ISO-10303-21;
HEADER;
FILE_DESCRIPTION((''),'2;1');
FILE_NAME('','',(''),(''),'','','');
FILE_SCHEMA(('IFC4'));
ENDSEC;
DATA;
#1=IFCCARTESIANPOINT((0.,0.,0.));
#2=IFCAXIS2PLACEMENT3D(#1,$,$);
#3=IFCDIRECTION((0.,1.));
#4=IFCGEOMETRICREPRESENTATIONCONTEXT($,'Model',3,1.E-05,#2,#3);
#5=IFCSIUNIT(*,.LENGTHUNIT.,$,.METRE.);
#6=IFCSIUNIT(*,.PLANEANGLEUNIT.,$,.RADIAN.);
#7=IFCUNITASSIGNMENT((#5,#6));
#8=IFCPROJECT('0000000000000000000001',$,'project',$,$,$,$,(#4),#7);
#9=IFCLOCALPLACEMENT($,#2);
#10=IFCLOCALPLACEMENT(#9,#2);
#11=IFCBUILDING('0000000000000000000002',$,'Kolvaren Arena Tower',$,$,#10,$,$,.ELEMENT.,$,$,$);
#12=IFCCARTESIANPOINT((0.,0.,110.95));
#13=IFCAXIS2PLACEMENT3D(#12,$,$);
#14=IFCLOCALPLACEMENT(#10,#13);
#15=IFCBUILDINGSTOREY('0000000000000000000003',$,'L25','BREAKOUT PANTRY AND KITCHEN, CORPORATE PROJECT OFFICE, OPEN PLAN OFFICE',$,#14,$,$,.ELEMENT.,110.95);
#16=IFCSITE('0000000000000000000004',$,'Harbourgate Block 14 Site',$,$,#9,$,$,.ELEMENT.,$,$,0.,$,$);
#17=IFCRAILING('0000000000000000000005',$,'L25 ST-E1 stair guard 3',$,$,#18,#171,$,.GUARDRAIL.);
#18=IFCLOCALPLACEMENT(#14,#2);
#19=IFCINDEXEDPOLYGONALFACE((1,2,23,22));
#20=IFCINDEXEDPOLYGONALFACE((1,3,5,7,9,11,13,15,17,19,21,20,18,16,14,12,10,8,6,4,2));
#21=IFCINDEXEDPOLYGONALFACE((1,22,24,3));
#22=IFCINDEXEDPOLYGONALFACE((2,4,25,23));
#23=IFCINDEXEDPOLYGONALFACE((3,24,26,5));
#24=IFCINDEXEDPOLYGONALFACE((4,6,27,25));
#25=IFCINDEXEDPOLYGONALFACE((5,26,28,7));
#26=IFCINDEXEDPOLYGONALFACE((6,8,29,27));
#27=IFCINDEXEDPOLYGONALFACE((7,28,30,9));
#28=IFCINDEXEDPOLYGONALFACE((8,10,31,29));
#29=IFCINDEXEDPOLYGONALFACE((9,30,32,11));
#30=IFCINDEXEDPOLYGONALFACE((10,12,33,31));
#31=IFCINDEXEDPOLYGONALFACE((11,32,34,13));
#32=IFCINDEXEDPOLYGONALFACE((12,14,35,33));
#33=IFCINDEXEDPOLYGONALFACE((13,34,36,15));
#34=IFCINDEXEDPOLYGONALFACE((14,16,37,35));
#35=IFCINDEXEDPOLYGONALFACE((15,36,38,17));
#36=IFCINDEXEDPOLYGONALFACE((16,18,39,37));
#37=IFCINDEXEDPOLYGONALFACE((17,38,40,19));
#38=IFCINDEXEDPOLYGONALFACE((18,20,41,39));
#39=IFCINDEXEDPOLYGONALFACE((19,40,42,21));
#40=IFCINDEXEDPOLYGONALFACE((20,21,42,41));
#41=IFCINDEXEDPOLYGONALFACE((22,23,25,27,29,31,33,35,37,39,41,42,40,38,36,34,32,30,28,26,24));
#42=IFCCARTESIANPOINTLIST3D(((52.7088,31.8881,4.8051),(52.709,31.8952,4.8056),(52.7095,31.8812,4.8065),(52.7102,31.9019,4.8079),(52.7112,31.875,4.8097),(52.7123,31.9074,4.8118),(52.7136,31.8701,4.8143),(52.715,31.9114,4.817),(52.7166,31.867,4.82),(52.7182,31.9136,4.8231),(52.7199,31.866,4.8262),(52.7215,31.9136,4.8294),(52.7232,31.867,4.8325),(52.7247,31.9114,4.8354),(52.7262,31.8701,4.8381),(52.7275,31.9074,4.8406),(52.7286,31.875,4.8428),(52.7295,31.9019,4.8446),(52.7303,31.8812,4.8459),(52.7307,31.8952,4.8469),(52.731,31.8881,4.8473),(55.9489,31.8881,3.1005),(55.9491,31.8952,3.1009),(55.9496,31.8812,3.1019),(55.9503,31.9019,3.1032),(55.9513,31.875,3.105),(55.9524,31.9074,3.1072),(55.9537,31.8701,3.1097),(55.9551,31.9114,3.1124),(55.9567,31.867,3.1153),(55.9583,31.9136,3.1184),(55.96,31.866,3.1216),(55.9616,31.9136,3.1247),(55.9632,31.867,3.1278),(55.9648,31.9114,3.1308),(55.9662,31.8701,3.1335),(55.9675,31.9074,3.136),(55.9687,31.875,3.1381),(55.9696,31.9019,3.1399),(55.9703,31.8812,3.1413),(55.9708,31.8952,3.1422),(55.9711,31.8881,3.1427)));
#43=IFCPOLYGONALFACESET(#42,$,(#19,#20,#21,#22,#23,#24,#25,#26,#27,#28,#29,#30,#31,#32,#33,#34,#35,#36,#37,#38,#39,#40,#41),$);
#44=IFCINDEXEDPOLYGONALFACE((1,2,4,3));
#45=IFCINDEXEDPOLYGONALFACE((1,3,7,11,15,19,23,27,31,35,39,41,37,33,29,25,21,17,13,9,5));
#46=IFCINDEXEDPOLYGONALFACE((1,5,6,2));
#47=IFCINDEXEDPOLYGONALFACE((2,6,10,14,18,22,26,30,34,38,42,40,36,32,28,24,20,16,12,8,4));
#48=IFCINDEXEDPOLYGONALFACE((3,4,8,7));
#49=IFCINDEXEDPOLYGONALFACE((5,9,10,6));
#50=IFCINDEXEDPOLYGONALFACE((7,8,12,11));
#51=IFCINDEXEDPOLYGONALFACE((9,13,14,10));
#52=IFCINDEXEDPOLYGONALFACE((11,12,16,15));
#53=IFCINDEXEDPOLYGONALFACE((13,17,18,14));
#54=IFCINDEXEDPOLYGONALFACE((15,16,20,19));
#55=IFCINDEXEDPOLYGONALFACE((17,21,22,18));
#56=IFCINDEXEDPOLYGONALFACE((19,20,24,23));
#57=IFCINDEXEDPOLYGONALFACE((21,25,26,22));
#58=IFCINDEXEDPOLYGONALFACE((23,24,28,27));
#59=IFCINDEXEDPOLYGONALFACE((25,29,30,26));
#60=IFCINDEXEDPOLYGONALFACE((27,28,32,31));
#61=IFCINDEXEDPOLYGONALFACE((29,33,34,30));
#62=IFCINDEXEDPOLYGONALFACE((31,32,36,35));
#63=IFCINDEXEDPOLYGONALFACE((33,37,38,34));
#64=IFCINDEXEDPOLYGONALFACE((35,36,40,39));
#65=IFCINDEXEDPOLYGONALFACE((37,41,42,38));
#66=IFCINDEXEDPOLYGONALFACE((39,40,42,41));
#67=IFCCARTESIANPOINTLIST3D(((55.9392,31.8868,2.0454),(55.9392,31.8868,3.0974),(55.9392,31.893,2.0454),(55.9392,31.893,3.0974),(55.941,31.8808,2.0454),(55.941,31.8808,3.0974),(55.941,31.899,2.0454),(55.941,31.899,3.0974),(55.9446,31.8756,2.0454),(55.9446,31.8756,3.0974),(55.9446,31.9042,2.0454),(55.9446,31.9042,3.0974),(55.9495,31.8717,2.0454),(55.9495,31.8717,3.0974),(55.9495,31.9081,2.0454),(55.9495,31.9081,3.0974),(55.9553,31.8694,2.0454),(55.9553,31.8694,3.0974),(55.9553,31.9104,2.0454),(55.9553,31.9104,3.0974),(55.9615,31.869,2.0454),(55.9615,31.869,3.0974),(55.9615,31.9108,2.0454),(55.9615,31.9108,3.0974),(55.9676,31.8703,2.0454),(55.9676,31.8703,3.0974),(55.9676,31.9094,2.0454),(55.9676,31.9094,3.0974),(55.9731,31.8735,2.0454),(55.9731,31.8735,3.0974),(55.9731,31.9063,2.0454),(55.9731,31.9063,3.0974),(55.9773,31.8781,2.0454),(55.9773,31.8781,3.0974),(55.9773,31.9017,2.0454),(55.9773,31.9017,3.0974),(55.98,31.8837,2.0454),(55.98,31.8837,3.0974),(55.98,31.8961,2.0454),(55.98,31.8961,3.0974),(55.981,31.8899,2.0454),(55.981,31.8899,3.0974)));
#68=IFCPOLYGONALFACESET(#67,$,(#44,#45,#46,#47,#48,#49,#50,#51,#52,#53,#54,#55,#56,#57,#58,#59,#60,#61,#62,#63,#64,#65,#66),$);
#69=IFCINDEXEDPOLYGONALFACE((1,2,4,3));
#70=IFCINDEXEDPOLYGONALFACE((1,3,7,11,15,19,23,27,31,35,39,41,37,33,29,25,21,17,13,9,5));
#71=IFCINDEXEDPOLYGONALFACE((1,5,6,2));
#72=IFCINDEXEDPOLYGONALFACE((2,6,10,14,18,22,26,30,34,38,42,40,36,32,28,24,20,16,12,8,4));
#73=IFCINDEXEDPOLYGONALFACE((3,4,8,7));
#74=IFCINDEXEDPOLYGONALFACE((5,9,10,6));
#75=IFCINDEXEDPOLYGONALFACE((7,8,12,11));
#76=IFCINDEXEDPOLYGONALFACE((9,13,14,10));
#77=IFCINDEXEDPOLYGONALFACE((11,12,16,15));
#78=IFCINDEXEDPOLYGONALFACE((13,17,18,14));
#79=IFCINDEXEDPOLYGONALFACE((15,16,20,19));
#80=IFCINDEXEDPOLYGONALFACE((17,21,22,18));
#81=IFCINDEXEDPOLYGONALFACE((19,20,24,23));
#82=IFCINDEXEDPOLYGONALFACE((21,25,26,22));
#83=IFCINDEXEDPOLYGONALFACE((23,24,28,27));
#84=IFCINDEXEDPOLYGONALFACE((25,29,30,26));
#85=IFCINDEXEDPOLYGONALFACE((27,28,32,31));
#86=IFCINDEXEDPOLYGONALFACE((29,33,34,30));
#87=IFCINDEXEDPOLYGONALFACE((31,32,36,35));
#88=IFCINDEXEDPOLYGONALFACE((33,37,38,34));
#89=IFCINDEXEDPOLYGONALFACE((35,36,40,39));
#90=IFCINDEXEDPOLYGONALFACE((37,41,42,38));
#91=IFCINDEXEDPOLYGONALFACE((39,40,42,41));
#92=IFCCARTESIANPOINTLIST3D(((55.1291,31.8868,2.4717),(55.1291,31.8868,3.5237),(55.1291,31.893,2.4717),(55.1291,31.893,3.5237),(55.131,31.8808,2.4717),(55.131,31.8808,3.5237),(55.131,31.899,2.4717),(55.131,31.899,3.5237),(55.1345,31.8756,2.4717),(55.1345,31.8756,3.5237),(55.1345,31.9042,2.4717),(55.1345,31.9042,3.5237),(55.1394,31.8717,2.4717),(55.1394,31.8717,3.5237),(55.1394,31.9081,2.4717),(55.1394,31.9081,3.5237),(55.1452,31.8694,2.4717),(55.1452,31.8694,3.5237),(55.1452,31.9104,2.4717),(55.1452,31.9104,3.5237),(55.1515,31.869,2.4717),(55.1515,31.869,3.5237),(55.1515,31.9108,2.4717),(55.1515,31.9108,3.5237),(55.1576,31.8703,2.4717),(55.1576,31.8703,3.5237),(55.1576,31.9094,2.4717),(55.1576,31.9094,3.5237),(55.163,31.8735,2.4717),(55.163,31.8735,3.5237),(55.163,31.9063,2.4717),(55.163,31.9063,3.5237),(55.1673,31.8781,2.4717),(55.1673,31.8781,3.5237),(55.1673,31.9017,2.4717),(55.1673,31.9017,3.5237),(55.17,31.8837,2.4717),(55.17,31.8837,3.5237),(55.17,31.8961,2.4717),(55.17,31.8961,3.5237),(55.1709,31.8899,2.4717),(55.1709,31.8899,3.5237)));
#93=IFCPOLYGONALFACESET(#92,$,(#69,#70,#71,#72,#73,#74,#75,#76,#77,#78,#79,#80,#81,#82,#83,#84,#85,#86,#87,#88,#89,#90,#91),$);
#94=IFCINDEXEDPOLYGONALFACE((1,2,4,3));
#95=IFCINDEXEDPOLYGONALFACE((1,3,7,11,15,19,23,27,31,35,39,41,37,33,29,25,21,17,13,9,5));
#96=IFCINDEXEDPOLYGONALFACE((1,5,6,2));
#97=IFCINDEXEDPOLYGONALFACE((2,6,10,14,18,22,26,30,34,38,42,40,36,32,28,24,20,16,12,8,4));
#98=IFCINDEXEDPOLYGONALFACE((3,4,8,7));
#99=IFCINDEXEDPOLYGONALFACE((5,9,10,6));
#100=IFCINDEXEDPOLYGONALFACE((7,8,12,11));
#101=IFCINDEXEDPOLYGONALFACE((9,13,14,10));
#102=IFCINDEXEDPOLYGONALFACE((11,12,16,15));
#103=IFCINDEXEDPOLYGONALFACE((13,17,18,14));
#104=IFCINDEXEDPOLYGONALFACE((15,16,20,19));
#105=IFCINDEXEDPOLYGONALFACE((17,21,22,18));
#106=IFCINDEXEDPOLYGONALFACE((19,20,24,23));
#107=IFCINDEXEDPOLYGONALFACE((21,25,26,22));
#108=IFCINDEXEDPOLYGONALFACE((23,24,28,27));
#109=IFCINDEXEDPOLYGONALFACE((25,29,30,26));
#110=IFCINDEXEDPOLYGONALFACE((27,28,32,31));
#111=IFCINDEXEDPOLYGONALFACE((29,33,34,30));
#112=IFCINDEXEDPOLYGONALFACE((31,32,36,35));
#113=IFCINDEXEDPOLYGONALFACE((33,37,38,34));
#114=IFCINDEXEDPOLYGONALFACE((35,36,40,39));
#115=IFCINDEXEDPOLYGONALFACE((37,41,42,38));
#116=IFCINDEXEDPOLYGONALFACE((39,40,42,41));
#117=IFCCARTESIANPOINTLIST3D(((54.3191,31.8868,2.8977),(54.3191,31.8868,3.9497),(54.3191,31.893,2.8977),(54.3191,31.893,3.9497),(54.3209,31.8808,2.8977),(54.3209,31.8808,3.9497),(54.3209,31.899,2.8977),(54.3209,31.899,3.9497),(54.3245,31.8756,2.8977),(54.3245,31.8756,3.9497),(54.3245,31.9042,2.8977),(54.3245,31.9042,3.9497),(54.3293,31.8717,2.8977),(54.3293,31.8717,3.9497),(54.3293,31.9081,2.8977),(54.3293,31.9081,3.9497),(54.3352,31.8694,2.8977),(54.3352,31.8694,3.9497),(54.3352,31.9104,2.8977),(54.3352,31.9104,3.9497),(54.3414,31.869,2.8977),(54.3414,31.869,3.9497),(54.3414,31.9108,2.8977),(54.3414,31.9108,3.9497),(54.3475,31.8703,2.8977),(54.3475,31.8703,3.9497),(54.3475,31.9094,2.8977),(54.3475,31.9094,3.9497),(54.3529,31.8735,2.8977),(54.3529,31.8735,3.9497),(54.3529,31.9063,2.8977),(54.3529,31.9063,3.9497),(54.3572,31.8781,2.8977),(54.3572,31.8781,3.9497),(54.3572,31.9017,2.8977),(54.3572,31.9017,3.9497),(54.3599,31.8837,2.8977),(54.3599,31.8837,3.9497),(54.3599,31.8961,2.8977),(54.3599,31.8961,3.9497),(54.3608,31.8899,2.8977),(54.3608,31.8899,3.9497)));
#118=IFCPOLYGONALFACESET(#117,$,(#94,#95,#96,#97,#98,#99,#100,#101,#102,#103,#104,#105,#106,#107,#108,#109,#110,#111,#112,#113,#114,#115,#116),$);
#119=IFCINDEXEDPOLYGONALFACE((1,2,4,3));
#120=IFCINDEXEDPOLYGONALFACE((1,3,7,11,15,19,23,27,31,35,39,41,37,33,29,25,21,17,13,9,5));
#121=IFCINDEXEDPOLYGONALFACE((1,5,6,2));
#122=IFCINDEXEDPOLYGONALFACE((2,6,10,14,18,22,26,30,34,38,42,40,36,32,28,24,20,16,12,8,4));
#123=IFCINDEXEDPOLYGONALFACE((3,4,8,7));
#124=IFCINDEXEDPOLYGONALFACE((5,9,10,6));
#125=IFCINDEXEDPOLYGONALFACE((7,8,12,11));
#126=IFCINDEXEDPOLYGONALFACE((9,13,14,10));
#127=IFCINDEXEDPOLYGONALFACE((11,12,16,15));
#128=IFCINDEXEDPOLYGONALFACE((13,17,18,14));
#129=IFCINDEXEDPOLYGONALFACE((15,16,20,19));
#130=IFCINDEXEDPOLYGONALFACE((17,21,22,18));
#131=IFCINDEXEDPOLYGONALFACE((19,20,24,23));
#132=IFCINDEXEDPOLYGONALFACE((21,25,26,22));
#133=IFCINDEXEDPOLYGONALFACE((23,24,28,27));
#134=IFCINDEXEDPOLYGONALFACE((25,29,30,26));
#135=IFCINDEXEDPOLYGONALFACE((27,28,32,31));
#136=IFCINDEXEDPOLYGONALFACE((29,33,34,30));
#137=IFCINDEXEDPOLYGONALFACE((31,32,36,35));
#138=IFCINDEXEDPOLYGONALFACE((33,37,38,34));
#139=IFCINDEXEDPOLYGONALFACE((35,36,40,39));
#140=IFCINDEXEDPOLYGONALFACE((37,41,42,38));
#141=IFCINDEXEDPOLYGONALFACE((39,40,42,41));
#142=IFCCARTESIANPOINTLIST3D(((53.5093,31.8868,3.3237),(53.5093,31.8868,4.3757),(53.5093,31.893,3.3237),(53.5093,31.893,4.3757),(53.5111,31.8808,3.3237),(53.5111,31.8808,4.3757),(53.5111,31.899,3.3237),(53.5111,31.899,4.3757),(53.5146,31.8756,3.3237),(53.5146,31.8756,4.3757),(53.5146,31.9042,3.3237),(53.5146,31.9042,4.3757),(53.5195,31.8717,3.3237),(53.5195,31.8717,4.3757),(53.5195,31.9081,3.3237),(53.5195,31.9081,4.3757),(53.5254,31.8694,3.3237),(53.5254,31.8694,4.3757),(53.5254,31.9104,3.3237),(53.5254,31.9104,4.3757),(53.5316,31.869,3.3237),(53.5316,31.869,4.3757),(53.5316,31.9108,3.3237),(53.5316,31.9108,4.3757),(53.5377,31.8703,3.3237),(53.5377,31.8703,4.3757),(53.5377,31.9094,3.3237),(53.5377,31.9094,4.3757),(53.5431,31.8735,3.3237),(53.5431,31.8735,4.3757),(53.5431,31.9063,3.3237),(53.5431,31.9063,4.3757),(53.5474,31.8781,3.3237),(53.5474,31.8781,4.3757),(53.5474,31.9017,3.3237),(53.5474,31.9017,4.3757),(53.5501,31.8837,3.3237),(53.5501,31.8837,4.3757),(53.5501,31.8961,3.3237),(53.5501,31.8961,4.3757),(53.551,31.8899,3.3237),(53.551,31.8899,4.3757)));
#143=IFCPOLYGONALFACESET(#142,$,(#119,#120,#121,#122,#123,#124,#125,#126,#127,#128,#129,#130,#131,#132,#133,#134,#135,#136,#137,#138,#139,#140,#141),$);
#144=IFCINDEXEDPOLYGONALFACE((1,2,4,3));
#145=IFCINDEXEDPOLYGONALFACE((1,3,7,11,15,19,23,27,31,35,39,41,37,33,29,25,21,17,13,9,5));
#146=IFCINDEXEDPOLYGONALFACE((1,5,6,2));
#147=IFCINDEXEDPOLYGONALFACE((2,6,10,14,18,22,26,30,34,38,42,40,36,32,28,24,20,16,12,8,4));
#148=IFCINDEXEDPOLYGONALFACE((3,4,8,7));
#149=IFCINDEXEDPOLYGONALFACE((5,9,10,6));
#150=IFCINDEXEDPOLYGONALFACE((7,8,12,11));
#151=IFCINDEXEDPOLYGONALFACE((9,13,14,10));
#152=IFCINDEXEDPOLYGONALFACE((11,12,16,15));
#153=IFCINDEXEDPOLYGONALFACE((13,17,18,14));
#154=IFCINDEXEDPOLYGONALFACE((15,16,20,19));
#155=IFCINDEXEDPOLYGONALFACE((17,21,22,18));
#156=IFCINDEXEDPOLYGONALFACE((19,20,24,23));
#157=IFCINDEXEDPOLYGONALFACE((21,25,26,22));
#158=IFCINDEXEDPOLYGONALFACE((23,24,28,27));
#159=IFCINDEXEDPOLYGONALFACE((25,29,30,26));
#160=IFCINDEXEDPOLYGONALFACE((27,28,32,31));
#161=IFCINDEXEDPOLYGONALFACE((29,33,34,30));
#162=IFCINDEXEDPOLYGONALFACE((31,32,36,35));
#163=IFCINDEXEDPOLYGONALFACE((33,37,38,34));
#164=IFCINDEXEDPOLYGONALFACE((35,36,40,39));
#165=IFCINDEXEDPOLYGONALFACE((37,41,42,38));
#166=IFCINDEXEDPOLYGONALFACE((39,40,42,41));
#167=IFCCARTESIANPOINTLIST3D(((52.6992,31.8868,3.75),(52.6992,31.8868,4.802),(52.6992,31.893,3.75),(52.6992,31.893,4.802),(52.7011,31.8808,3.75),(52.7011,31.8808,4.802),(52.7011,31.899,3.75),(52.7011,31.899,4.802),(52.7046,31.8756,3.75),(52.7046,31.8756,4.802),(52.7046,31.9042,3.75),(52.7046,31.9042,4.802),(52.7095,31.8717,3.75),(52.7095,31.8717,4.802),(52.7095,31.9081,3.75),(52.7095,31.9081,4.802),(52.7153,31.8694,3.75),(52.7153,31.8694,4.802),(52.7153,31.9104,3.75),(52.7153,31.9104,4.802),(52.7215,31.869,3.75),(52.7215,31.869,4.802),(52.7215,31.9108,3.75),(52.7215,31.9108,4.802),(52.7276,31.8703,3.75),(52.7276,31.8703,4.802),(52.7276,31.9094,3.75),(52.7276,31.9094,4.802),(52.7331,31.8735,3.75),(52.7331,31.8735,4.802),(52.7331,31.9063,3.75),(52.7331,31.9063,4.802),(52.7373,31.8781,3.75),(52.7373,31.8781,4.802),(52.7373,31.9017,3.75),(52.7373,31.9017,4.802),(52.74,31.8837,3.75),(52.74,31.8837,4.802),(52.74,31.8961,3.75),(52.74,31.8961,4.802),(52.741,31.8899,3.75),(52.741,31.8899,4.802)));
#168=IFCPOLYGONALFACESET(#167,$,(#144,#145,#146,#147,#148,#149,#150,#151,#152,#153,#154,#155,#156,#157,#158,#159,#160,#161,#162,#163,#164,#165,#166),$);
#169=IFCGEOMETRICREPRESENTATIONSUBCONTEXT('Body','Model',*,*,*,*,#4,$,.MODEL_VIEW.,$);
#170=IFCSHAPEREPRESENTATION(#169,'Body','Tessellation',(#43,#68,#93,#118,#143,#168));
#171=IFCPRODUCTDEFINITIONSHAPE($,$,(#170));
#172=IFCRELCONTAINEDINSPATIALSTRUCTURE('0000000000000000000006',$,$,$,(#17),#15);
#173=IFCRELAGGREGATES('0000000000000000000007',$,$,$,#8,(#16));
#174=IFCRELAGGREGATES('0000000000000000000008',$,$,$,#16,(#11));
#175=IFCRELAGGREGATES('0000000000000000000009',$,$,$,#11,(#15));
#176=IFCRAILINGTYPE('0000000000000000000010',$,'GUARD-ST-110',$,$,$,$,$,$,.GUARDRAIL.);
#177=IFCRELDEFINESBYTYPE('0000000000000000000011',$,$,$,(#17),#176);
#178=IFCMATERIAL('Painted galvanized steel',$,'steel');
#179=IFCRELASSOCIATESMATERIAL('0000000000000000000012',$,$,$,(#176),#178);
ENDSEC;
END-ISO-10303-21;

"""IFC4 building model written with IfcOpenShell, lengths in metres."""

from ifc_helpers import new_model, si_unit, direction, frame, origin, origin_2d, place, context, subcontext, project, spatial, circle, extrude, material, type_object, element, save


model = new_model("IFC4")

# Units and contexts
model_context = context("Model", 3, precision=1e-05, world=origin(), true_north=direction((0.0, 1.0)))
body_context = subcontext(model_context, "Body", "Model", "MODEL_VIEW")
ifc_project = project(units=[si_unit("LENGTHUNIT", "METRE"), si_unit("PLANEANGLEUNIT", "RADIAN")], contexts=[model_context])

# Site, building, storey
site_placement = place(None, origin())
site = spatial("IfcSite", under=ifc_project, at=site_placement, Name="Harbourgate Block 14 Site", CompositionType="ELEMENT", RefElevation=0.0)
building_placement = place(site_placement, origin())
building = spatial("IfcBuilding", under=site, at=building_placement, Name="Kolvaren Arena Tower", CompositionType="ELEMENT")
storey_placement = place(building_placement, frame((0.0, 0.0, 110.95)))
storey = spatial("IfcBuildingStorey", under=building, at=storey_placement, Name="L25", Description="BREAKOUT PANTRY AND KITCHEN, CORPORATE PROJECT OFFICE, OPEN PLAN OFFICE", CompositionType="ELEMENT", Elevation=110.95)

# Railing
ifc_material_1 = material(Name="Painted galvanized steel", Category="steel")
railing_type_1 = type_object("IfcRailingType", Name="GUARD-ST-110", PredefinedType="GUARDRAIL", material=ifc_material_1)
railing_1_placement = place(storey_placement, frame((55.96, 31.8899, 2.0454)))
element("IfcRailing", 1, at=railing_1_placement, inside=storey, type_object=railing_type_1, Name="L25 ST-E1 stair guard 3", PredefinedType="GUARDRAIL", context=body_context, shape_type="SweptSolid", body=[
    extrude(circle(Radius=0.0239, at=origin_2d()), frame((0.0, 0.0, 1.0762), z_axis=(-0.884993, 0.0, 0.465604), x_axis=(0.0, -1.0, 0.0)), (0.0, 0.0, 1.0), 3.6611),
    extrude(circle(Radius=0.021, at=origin_2d()), origin(), (0.0, 0.0, 1.0), 1.052),
    extrude(circle(Radius=0.021, at=origin_2d()), frame((-0.8101, 0.0, 0.4263)), (0.0, 0.0, 1.0), 1.052),
    extrude(circle(Radius=0.021, at=origin_2d()), frame((-1.6201, 0.0, 0.8523)), (0.0, 0.0, 1.0), 1.052),
    extrude(circle(Radius=0.021, at=origin_2d()), frame((-2.4299, 0.0, 1.2783)), (0.0, 0.0, 1.0), 1.052),
    extrude(circle(Radius=0.021, at=origin_2d()), frame((-3.24, 0.0, 1.7046)), (0.0, 0.0, 1.0), 1.052),
])

save(model, "model.ifc")
